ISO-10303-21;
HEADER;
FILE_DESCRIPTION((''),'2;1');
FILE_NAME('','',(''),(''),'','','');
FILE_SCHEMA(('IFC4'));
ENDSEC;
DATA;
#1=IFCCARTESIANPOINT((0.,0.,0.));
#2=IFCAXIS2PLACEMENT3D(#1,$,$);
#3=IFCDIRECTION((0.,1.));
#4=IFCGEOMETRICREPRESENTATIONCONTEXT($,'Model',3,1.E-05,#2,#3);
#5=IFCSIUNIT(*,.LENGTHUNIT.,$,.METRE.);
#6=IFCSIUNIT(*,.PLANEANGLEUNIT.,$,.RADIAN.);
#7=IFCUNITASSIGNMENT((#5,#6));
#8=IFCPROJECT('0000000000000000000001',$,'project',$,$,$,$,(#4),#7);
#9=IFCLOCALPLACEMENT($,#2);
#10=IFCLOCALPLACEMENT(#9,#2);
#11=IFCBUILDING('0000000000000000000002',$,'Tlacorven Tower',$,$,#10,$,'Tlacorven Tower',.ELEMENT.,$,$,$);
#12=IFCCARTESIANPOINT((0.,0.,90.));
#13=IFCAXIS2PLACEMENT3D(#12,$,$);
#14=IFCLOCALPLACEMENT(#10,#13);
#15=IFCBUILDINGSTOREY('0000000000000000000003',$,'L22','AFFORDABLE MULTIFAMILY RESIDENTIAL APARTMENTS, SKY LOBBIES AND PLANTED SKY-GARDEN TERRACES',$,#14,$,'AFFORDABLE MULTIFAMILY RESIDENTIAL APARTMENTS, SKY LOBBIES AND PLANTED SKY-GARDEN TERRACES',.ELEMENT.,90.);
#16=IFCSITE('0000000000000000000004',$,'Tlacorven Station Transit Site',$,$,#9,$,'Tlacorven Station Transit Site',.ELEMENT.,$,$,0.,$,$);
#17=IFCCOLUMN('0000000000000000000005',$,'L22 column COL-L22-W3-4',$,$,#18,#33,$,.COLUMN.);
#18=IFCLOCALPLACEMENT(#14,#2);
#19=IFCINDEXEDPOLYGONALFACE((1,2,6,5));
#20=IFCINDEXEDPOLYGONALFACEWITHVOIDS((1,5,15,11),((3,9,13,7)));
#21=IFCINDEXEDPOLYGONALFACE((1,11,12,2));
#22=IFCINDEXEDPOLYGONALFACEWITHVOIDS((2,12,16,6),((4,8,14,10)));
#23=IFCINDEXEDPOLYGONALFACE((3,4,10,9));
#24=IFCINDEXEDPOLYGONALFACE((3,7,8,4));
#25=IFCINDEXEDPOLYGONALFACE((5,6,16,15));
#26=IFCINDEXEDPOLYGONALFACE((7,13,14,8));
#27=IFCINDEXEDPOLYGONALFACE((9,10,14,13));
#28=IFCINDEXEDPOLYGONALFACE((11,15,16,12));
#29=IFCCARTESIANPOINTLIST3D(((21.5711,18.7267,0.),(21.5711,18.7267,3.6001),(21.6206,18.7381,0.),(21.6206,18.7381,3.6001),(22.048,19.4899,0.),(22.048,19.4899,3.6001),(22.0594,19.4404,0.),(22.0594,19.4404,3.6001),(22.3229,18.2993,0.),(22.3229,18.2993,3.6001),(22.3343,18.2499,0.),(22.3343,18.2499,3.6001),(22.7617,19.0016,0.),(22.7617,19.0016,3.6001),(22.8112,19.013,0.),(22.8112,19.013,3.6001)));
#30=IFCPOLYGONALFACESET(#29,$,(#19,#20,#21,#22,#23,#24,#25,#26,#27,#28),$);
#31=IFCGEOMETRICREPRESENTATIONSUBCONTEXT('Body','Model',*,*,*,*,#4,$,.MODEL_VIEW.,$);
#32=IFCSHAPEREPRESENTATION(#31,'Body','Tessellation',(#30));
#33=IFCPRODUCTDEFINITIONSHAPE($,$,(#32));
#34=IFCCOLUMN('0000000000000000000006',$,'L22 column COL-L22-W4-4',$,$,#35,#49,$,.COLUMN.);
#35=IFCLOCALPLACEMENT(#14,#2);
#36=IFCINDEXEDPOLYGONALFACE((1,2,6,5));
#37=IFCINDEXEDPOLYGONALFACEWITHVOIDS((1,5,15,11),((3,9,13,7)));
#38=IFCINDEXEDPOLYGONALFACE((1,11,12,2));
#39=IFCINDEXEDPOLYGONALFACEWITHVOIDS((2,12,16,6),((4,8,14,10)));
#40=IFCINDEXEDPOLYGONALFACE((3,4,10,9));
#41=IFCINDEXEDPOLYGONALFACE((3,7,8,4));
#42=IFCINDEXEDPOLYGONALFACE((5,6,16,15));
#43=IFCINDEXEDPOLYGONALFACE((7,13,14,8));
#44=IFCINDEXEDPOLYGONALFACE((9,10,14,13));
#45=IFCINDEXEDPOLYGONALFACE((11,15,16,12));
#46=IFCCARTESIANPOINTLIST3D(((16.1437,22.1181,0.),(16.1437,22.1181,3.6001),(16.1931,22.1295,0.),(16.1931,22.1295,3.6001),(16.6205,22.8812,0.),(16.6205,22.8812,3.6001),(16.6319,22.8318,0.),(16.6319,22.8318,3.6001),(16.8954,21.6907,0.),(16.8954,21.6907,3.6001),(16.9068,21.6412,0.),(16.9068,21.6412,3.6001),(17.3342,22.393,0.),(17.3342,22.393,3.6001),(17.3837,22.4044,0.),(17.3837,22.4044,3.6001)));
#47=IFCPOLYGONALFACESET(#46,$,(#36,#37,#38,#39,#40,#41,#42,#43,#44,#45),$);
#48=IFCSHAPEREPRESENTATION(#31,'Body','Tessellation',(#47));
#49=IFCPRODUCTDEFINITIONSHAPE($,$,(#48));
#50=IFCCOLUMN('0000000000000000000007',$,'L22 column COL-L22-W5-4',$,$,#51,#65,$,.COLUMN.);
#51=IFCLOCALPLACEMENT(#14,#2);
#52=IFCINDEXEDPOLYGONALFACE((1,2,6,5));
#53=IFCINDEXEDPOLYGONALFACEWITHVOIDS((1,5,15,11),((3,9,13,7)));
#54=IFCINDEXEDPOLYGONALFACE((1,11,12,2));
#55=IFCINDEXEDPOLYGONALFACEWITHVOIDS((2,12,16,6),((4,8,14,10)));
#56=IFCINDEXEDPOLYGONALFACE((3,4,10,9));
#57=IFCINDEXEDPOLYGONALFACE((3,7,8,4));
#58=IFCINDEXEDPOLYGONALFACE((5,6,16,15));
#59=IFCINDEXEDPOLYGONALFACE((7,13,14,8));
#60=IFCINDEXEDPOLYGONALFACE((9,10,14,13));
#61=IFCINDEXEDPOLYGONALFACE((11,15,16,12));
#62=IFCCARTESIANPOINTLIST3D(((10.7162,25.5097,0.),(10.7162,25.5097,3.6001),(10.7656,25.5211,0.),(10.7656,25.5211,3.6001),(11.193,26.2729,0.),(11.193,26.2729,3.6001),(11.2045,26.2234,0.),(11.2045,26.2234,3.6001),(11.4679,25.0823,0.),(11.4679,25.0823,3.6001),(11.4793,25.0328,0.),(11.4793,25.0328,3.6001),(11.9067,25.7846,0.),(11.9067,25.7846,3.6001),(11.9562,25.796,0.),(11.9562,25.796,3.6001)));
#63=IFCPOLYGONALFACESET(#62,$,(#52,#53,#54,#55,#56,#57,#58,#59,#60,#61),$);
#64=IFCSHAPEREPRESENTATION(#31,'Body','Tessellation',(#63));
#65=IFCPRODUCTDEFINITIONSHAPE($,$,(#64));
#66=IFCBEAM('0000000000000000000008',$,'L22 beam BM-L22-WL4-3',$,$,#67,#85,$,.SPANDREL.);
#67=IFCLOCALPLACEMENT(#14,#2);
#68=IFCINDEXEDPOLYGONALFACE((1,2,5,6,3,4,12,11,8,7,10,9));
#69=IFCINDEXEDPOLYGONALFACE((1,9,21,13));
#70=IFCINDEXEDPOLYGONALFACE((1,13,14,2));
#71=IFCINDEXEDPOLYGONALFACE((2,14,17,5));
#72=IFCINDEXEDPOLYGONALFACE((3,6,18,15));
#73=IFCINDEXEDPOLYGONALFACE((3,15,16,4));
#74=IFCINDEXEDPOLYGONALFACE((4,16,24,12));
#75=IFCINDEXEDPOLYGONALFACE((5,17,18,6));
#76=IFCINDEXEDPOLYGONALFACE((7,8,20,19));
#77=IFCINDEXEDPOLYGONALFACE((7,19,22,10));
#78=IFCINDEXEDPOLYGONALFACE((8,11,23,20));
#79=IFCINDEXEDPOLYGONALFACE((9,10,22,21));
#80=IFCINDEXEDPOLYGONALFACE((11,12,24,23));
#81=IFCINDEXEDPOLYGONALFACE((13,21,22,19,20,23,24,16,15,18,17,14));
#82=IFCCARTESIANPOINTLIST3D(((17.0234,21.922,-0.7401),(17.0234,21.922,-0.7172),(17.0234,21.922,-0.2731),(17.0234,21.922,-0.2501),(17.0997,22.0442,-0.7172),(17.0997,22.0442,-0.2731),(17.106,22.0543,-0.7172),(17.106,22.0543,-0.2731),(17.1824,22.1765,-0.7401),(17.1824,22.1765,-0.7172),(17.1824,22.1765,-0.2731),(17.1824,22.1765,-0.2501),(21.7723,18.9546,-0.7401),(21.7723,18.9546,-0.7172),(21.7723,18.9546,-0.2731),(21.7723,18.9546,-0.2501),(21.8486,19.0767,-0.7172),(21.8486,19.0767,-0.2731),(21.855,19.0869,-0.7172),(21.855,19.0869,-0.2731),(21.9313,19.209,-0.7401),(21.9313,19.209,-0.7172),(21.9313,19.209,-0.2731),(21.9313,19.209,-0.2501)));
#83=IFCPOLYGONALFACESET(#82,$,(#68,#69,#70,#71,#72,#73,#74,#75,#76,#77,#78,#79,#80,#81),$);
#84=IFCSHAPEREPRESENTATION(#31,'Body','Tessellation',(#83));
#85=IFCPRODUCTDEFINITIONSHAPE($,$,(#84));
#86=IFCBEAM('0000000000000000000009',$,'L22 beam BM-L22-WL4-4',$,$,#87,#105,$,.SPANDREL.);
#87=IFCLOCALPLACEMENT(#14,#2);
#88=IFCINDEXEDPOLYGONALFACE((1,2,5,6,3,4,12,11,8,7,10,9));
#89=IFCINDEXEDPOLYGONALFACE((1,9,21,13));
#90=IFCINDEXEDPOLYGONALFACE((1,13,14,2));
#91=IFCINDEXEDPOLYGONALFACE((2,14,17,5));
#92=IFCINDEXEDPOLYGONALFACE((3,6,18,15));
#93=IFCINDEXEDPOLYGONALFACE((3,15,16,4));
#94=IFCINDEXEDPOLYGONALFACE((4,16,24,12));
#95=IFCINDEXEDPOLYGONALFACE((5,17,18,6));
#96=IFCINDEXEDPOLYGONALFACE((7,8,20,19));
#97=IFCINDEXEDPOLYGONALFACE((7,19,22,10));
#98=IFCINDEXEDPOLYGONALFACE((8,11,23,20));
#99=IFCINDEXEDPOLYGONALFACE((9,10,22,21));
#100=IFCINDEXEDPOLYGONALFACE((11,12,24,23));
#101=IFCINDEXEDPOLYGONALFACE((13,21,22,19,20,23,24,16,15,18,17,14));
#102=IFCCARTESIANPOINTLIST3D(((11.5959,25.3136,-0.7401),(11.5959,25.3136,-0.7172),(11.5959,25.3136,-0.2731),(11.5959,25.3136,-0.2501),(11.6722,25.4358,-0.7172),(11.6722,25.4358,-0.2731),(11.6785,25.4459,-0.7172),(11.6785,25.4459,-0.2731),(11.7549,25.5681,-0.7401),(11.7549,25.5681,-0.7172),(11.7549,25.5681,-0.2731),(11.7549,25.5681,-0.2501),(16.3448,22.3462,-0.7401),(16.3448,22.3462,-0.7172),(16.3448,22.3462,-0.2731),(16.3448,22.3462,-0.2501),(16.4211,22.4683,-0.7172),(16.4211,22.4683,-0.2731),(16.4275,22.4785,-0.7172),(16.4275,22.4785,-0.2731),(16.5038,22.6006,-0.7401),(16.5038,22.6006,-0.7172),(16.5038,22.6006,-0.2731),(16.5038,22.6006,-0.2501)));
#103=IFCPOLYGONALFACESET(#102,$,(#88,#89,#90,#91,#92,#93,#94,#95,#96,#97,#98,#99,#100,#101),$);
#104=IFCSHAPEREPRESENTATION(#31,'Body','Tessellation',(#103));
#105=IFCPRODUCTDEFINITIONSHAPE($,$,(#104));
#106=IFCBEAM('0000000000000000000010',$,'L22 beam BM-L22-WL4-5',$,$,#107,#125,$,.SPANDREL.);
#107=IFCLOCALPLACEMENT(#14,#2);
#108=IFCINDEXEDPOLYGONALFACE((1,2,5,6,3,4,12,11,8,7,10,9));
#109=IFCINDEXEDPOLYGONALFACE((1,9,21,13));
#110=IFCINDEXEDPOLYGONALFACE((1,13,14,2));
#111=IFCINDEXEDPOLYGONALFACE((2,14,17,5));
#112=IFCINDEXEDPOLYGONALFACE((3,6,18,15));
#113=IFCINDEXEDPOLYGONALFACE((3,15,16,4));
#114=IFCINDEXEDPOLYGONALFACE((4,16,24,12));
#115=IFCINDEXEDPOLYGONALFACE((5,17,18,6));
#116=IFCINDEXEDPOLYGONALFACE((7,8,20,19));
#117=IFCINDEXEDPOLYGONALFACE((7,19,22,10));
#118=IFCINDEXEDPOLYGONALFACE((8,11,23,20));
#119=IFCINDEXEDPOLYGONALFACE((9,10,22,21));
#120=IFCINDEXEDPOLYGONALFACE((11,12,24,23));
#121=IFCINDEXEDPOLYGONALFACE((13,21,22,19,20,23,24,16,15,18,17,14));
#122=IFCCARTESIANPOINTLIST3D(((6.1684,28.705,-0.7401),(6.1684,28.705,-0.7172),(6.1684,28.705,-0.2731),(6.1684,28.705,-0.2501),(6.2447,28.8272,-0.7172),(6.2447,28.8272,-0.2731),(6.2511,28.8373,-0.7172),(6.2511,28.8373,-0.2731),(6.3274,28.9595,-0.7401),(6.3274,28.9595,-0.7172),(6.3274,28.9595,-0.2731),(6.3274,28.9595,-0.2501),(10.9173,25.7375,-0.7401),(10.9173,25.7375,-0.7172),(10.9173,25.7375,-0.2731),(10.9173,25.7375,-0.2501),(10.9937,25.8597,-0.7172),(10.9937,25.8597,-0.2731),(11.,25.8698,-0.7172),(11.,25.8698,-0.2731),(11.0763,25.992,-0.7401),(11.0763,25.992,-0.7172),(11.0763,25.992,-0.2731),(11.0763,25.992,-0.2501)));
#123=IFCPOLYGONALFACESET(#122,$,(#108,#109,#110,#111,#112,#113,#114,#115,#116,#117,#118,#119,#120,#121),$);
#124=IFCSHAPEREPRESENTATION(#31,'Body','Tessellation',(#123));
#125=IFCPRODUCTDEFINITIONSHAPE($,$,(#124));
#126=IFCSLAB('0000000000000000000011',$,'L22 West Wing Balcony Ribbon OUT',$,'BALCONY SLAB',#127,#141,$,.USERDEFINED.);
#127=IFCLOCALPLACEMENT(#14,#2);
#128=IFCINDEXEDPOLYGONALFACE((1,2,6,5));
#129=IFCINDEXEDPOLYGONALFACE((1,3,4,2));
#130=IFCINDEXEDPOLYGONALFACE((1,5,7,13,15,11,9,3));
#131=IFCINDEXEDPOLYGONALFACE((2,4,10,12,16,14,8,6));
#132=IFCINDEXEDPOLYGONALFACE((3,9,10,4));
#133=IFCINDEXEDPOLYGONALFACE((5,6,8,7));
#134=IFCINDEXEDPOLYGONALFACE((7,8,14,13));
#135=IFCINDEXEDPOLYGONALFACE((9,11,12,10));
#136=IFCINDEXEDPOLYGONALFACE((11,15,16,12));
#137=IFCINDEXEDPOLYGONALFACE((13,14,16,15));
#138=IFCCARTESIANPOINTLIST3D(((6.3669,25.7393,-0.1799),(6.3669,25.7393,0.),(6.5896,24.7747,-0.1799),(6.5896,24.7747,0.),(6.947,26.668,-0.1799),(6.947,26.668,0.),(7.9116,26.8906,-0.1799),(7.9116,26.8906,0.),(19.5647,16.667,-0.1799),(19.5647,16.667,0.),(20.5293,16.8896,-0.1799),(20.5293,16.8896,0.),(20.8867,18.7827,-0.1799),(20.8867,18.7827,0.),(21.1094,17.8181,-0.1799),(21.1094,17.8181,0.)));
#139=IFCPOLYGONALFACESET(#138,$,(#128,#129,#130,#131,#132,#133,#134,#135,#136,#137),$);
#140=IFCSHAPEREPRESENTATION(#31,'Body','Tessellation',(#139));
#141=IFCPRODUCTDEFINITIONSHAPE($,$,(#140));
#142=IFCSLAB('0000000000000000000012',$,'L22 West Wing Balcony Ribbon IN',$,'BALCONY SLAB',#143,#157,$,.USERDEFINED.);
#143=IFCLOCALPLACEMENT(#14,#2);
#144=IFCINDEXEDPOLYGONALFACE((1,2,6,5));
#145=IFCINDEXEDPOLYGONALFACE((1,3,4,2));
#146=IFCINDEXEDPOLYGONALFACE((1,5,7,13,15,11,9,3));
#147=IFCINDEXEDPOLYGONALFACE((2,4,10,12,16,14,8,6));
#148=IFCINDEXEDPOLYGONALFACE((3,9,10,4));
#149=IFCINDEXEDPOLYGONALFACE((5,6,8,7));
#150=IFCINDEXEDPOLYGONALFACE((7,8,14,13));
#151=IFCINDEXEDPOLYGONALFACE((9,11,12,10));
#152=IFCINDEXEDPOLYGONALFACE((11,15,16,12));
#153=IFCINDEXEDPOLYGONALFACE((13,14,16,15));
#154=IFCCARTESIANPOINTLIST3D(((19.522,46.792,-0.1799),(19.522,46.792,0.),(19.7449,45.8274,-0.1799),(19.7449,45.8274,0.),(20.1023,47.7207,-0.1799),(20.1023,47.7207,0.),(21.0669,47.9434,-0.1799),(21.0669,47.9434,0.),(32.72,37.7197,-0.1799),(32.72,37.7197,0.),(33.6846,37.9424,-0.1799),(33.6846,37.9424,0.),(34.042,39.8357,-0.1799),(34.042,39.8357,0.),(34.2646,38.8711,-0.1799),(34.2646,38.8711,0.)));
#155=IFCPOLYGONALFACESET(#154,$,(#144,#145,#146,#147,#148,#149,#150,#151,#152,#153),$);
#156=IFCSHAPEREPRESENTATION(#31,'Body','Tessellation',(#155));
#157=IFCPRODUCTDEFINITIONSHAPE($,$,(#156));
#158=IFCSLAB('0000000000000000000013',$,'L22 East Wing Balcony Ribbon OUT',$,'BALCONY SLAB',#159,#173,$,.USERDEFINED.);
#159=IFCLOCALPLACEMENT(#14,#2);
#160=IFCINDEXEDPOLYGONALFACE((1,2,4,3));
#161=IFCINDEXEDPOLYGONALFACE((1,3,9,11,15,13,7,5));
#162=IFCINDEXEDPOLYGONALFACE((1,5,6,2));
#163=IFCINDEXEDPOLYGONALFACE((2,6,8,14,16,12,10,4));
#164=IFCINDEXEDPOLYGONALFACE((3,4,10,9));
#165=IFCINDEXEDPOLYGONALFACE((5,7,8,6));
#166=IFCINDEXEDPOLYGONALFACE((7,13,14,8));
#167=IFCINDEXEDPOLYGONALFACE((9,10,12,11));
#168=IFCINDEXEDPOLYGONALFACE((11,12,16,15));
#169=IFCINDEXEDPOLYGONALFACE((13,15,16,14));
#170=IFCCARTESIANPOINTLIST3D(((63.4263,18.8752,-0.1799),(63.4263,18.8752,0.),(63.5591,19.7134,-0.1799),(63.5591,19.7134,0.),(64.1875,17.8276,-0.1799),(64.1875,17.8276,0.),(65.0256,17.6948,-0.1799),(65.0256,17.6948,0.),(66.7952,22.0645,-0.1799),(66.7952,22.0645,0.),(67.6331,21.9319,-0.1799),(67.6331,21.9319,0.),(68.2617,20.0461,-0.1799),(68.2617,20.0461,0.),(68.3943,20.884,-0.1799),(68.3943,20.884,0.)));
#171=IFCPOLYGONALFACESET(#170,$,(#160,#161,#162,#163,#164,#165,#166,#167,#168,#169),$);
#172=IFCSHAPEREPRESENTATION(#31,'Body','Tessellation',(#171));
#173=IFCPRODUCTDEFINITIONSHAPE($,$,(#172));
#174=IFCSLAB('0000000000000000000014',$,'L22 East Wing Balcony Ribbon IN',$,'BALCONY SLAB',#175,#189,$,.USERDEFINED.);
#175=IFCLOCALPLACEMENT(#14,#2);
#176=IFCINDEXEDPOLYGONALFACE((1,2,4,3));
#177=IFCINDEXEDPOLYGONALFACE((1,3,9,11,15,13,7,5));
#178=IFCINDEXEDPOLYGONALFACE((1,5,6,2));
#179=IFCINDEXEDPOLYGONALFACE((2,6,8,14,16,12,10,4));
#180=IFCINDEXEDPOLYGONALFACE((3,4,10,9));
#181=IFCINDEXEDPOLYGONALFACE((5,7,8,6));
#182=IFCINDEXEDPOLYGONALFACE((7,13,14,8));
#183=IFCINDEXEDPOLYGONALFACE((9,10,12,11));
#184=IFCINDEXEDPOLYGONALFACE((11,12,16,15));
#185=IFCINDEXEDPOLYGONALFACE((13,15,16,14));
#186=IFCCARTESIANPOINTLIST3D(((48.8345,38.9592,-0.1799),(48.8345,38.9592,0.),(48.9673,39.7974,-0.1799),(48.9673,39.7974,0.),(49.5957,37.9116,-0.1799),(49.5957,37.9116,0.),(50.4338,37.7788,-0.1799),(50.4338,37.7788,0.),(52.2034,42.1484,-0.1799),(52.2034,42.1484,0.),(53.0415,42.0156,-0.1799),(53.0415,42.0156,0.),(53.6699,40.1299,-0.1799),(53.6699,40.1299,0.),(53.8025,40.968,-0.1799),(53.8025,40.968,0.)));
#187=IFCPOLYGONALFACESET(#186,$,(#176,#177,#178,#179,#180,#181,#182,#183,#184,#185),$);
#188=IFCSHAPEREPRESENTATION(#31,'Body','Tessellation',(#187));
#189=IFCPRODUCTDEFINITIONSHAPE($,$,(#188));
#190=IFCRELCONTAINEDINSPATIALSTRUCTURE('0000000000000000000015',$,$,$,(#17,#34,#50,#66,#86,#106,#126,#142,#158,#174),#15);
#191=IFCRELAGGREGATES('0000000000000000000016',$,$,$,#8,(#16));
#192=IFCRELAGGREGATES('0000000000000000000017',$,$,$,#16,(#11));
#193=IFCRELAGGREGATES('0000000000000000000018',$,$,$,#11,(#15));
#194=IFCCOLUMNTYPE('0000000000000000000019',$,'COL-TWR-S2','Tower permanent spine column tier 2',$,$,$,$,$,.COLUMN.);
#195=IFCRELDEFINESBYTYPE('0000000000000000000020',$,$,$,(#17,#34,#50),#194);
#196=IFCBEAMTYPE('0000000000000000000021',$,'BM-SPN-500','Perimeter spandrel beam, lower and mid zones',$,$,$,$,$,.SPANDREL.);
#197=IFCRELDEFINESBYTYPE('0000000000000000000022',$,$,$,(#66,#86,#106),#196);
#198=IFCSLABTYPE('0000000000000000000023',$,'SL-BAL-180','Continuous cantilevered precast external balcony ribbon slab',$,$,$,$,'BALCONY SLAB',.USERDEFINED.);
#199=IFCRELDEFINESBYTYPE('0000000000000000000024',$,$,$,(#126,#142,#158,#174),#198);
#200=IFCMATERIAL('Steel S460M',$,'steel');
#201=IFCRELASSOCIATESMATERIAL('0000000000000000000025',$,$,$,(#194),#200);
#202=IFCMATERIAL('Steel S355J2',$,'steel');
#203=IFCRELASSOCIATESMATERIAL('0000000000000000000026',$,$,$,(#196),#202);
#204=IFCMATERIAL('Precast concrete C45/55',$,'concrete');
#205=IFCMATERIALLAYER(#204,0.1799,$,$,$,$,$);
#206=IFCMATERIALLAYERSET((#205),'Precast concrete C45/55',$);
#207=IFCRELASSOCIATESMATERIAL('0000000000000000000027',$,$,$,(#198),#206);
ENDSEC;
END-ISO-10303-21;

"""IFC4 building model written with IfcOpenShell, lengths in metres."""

from ifc_helpers import new_model, si_unit, direction, frame, origin, origin_2d, place, context, subcontext, project, spatial, polyline, hollow_rectangle, i_section, outline, extrude, source, transform, mapped, material, layer, layer_set, material_profile, profile_set, type_object, element, save


model = new_model("IFC4")

# Units and contexts
model_context = context("Model", 3, precision=1e-05, world=origin(), true_north=direction((0.0, 1.0)))
body_context = subcontext(model_context, "Body", "Model", "MODEL_VIEW")
ifc_project = project(units=[si_unit("LENGTHUNIT", "METRE"), si_unit("PLANEANGLEUNIT", "RADIAN")], contexts=[model_context])

# Site, building, storey
site_placement = place(None, origin())
site = spatial("IfcSite", under=ifc_project, at=site_placement, Name="Tlacorven Station Transit Site", LongName="Tlacorven Station Transit Site", CompositionType="ELEMENT", RefElevation=0.0)
building_placement = place(site_placement, origin())
building = spatial("IfcBuilding", under=site, at=building_placement, Name="Tlacorven Tower", LongName="Tlacorven Tower", CompositionType="ELEMENT")
storey_placement = place(building_placement, frame((0.0, 0.0, 90.0)))
storey = spatial("IfcBuildingStorey", under=building, at=storey_placement, Name="L22", Description="AFFORDABLE MULTIFAMILY RESIDENTIAL APARTMENTS, SKY LOBBIES AND PLANTED SKY-GARDEN TERRACES", LongName="AFFORDABLE MULTIFAMILY RESIDENTIAL APARTMENTS, SKY LOBBIES AND PLANTED SKY-GARDEN TERRACES", CompositionType="ELEMENT", Elevation=90.0)

# Columns
ifc_material_1 = material(Name="Steel S460M", Category="steel")
ifc_material_profile_1 = material_profile(ifc_material_1, hollow_rectangle(XDim=0.8999, YDim=0.8999, WallThickness=0.0359, at=origin_2d()), Name="BOX 900X900X36")
ifc_profile_set_1 = profile_set([ifc_material_profile_1], Name="Steel S460M")
column_type = type_object("IfcColumnType", Name="COL-TWR-S2", Description="Tower permanent spine column tier 2", PredefinedType="COLUMN", material=ifc_profile_set_1)
shared_shape_1 = source(origin(), body_context, "Body", "SweptSolid", [
    extrude(hollow_rectangle(XDim=0.8999, YDim=0.8999, WallThickness=0.0359, at=origin_2d()), origin(), (0.0, 0.0, 1.0), 3.6001),
])
for number, where, z_axis, x_axis, name in (
    (1, (22.1912, 18.8699, 0.0), (0.0, 0.0, 1.0), (-0.848048, 0.529919, 0.0), "L22 column COL-L22-W3-4"),
    (2, (16.7637, 22.2612, 0.0), (0.0, 0.0, 1.0), (-0.848048, 0.529919, 0.0), "L22 column COL-L22-W4-4"),
    (3, (11.3362, 25.6528, 0.0), (0.0, 0.0, 1.0), (-0.848048, 0.529919, 0.0), "L22 column COL-L22-W5-4"),
):
    element("IfcColumn", number, at=place(storey_placement, frame(where, z_axis=z_axis, x_axis=x_axis)), inside=storey, type_object=column_type, Name=name, PredefinedType="COLUMN", context=body_context, shape_type="MappedRepresentation", body=[
        mapped(shared_shape_1, transform((0.0, 0.0, 0.0), scale=1.0)),
    ])

# Beams
ifc_material_2 = material(Name="Steel S355J2", Category="steel")
ifc_material_profile_2 = material_profile(ifc_material_2, i_section(OverallWidth=0.3, OverallDepth=0.49, WebThickness=0.012, FlangeThickness=0.0229, at=origin_2d()), Name="HEA 500")
ifc_profile_set_2 = profile_set([ifc_material_profile_2], Name="Steel S355J2")
beam_type = type_object("IfcBeamType", Name="BM-SPN-500", Description="Perimeter spandrel beam, lower and mid zones", PredefinedType="SPANDREL", material=ifc_profile_set_2)
shared_shape_2 = source(origin(), body_context, "Body", "SweptSolid", [
    extrude(i_section(OverallWidth=0.3, OverallDepth=0.49, WebThickness=0.012, FlangeThickness=0.0229, at=origin_2d()), origin(), (0.0, 0.0, 1.0), 5.5999),
])
for number, where, z_axis, x_axis, name in (
    (4, (21.8518, 19.0818, -0.4951), (-0.848047, 0.529921, 0.0), (-0.529921, -0.848047, 0.0), "L22 beam BM-L22-WL4-3"),
    (5, (16.4243, 22.4734, -0.4951), (-0.848047, 0.529921, 0.0), (-0.529921, -0.848047, 0.0), "L22 beam BM-L22-WL4-4"),
    (6, (10.9968, 25.8647, -0.4951), (-0.848047, 0.529921, 0.0), (-0.529921, -0.848047, 0.0), "L22 beam BM-L22-WL4-5"),
):
    element("IfcBeam", number, at=place(storey_placement, frame(where, z_axis=z_axis, x_axis=x_axis)), inside=storey, type_object=beam_type, Name=name, PredefinedType="SPANDREL", context=body_context, shape_type="MappedRepresentation", body=[
        mapped(shared_shape_2, transform((0.0, 0.0, 0.0), scale=1.0)),
    ])

# Slabs
ifc_material_3 = material(Name="Precast concrete C45/55", Category="concrete")
ifc_layer_1 = layer(ifc_material_3, 0.1799)
ifc_layer_set_1 = layer_set([ifc_layer_1], Name="Precast concrete C45/55")
slab_type_1 = type_object("IfcSlabType", Name="SL-BAL-180", Description="Continuous cantilevered precast external balcony ribbon slab", ElementType="BALCONY SLAB", PredefinedType="USERDEFINED", material=ifc_layer_set_1)
slab_1_placement = place(storey_placement, frame((0.0, 0.0, -0.1799)))
element("IfcSlab", 7, at=slab_1_placement, inside=storey, type_object=slab_type_1, Name="L22 West Wing Balcony Ribbon OUT", ObjectType="BALCONY SLAB", PredefinedType="USERDEFINED", context=body_context, shape_type="SweptSolid", body=[
    extrude(outline(polyline([(20.8867, 18.7827), (7.9116, 26.8906), (6.947, 26.668), (6.3669, 25.7393), (6.5896, 24.7747), (19.5647, 16.667), (20.5293, 16.8896), (21.1094, 17.8181), (20.8867, 18.7827)])), origin(), (0.0, 0.0, 1.0), 0.1799),
])
slab_2_placement = place(storey_placement, frame((0.0, 0.0, -0.1799)))
element("IfcSlab", 8, at=slab_2_placement, inside=storey, type_object=slab_type_1, Name="L22 West Wing Balcony Ribbon IN", ObjectType="BALCONY SLAB", PredefinedType="USERDEFINED", context=body_context, shape_type="SweptSolid", body=[
    extrude(outline(polyline([(34.042, 39.8357), (21.0669, 47.9434), (20.1023, 47.7207), (19.522, 46.792), (19.7449, 45.8274), (32.72, 37.7197), (33.6846, 37.9424), (34.2646, 38.8711), (34.042, 39.8357)])), origin(), (0.0, 0.0, 1.0), 0.1799),
])
slab_3_placement = place(storey_placement, frame((0.0, 0.0, -0.1799)))
element("IfcSlab", 9, at=slab_3_placement, inside=storey, type_object=slab_type_1, Name="L22 East Wing Balcony Ribbon OUT", ObjectType="BALCONY SLAB", PredefinedType="USERDEFINED", context=body_context, shape_type="SweptSolid", body=[
    extrude(outline(polyline([(65.0256, 17.6948), (68.2617, 20.0461), (68.3943, 20.884), (67.6331, 21.9319), (66.7952, 22.0645), (63.5591, 19.7134), (63.4263, 18.8752), (64.1875, 17.8276), (65.0256, 17.6948)])), origin(), (0.0, 0.0, 1.0), 0.1799),
])
slab_4_placement = place(storey_placement, frame((0.0, 0.0, -0.1799)))
element("IfcSlab", 10, at=slab_4_placement, inside=storey, type_object=slab_type_1, Name="L22 East Wing Balcony Ribbon IN", ObjectType="BALCONY SLAB", PredefinedType="USERDEFINED", context=body_context, shape_type="SweptSolid", body=[
    extrude(outline(polyline([(50.4338, 37.7788), (53.6699, 40.1299), (53.8025, 40.968), (53.0415, 42.0156), (52.2034, 42.1484), (48.9673, 39.7974), (48.8345, 38.9592), (49.5957, 37.9116), (50.4338, 37.7788)])), origin(), (0.0, 0.0, 1.0), 0.1799),
])

save(model, "model.ifc")
